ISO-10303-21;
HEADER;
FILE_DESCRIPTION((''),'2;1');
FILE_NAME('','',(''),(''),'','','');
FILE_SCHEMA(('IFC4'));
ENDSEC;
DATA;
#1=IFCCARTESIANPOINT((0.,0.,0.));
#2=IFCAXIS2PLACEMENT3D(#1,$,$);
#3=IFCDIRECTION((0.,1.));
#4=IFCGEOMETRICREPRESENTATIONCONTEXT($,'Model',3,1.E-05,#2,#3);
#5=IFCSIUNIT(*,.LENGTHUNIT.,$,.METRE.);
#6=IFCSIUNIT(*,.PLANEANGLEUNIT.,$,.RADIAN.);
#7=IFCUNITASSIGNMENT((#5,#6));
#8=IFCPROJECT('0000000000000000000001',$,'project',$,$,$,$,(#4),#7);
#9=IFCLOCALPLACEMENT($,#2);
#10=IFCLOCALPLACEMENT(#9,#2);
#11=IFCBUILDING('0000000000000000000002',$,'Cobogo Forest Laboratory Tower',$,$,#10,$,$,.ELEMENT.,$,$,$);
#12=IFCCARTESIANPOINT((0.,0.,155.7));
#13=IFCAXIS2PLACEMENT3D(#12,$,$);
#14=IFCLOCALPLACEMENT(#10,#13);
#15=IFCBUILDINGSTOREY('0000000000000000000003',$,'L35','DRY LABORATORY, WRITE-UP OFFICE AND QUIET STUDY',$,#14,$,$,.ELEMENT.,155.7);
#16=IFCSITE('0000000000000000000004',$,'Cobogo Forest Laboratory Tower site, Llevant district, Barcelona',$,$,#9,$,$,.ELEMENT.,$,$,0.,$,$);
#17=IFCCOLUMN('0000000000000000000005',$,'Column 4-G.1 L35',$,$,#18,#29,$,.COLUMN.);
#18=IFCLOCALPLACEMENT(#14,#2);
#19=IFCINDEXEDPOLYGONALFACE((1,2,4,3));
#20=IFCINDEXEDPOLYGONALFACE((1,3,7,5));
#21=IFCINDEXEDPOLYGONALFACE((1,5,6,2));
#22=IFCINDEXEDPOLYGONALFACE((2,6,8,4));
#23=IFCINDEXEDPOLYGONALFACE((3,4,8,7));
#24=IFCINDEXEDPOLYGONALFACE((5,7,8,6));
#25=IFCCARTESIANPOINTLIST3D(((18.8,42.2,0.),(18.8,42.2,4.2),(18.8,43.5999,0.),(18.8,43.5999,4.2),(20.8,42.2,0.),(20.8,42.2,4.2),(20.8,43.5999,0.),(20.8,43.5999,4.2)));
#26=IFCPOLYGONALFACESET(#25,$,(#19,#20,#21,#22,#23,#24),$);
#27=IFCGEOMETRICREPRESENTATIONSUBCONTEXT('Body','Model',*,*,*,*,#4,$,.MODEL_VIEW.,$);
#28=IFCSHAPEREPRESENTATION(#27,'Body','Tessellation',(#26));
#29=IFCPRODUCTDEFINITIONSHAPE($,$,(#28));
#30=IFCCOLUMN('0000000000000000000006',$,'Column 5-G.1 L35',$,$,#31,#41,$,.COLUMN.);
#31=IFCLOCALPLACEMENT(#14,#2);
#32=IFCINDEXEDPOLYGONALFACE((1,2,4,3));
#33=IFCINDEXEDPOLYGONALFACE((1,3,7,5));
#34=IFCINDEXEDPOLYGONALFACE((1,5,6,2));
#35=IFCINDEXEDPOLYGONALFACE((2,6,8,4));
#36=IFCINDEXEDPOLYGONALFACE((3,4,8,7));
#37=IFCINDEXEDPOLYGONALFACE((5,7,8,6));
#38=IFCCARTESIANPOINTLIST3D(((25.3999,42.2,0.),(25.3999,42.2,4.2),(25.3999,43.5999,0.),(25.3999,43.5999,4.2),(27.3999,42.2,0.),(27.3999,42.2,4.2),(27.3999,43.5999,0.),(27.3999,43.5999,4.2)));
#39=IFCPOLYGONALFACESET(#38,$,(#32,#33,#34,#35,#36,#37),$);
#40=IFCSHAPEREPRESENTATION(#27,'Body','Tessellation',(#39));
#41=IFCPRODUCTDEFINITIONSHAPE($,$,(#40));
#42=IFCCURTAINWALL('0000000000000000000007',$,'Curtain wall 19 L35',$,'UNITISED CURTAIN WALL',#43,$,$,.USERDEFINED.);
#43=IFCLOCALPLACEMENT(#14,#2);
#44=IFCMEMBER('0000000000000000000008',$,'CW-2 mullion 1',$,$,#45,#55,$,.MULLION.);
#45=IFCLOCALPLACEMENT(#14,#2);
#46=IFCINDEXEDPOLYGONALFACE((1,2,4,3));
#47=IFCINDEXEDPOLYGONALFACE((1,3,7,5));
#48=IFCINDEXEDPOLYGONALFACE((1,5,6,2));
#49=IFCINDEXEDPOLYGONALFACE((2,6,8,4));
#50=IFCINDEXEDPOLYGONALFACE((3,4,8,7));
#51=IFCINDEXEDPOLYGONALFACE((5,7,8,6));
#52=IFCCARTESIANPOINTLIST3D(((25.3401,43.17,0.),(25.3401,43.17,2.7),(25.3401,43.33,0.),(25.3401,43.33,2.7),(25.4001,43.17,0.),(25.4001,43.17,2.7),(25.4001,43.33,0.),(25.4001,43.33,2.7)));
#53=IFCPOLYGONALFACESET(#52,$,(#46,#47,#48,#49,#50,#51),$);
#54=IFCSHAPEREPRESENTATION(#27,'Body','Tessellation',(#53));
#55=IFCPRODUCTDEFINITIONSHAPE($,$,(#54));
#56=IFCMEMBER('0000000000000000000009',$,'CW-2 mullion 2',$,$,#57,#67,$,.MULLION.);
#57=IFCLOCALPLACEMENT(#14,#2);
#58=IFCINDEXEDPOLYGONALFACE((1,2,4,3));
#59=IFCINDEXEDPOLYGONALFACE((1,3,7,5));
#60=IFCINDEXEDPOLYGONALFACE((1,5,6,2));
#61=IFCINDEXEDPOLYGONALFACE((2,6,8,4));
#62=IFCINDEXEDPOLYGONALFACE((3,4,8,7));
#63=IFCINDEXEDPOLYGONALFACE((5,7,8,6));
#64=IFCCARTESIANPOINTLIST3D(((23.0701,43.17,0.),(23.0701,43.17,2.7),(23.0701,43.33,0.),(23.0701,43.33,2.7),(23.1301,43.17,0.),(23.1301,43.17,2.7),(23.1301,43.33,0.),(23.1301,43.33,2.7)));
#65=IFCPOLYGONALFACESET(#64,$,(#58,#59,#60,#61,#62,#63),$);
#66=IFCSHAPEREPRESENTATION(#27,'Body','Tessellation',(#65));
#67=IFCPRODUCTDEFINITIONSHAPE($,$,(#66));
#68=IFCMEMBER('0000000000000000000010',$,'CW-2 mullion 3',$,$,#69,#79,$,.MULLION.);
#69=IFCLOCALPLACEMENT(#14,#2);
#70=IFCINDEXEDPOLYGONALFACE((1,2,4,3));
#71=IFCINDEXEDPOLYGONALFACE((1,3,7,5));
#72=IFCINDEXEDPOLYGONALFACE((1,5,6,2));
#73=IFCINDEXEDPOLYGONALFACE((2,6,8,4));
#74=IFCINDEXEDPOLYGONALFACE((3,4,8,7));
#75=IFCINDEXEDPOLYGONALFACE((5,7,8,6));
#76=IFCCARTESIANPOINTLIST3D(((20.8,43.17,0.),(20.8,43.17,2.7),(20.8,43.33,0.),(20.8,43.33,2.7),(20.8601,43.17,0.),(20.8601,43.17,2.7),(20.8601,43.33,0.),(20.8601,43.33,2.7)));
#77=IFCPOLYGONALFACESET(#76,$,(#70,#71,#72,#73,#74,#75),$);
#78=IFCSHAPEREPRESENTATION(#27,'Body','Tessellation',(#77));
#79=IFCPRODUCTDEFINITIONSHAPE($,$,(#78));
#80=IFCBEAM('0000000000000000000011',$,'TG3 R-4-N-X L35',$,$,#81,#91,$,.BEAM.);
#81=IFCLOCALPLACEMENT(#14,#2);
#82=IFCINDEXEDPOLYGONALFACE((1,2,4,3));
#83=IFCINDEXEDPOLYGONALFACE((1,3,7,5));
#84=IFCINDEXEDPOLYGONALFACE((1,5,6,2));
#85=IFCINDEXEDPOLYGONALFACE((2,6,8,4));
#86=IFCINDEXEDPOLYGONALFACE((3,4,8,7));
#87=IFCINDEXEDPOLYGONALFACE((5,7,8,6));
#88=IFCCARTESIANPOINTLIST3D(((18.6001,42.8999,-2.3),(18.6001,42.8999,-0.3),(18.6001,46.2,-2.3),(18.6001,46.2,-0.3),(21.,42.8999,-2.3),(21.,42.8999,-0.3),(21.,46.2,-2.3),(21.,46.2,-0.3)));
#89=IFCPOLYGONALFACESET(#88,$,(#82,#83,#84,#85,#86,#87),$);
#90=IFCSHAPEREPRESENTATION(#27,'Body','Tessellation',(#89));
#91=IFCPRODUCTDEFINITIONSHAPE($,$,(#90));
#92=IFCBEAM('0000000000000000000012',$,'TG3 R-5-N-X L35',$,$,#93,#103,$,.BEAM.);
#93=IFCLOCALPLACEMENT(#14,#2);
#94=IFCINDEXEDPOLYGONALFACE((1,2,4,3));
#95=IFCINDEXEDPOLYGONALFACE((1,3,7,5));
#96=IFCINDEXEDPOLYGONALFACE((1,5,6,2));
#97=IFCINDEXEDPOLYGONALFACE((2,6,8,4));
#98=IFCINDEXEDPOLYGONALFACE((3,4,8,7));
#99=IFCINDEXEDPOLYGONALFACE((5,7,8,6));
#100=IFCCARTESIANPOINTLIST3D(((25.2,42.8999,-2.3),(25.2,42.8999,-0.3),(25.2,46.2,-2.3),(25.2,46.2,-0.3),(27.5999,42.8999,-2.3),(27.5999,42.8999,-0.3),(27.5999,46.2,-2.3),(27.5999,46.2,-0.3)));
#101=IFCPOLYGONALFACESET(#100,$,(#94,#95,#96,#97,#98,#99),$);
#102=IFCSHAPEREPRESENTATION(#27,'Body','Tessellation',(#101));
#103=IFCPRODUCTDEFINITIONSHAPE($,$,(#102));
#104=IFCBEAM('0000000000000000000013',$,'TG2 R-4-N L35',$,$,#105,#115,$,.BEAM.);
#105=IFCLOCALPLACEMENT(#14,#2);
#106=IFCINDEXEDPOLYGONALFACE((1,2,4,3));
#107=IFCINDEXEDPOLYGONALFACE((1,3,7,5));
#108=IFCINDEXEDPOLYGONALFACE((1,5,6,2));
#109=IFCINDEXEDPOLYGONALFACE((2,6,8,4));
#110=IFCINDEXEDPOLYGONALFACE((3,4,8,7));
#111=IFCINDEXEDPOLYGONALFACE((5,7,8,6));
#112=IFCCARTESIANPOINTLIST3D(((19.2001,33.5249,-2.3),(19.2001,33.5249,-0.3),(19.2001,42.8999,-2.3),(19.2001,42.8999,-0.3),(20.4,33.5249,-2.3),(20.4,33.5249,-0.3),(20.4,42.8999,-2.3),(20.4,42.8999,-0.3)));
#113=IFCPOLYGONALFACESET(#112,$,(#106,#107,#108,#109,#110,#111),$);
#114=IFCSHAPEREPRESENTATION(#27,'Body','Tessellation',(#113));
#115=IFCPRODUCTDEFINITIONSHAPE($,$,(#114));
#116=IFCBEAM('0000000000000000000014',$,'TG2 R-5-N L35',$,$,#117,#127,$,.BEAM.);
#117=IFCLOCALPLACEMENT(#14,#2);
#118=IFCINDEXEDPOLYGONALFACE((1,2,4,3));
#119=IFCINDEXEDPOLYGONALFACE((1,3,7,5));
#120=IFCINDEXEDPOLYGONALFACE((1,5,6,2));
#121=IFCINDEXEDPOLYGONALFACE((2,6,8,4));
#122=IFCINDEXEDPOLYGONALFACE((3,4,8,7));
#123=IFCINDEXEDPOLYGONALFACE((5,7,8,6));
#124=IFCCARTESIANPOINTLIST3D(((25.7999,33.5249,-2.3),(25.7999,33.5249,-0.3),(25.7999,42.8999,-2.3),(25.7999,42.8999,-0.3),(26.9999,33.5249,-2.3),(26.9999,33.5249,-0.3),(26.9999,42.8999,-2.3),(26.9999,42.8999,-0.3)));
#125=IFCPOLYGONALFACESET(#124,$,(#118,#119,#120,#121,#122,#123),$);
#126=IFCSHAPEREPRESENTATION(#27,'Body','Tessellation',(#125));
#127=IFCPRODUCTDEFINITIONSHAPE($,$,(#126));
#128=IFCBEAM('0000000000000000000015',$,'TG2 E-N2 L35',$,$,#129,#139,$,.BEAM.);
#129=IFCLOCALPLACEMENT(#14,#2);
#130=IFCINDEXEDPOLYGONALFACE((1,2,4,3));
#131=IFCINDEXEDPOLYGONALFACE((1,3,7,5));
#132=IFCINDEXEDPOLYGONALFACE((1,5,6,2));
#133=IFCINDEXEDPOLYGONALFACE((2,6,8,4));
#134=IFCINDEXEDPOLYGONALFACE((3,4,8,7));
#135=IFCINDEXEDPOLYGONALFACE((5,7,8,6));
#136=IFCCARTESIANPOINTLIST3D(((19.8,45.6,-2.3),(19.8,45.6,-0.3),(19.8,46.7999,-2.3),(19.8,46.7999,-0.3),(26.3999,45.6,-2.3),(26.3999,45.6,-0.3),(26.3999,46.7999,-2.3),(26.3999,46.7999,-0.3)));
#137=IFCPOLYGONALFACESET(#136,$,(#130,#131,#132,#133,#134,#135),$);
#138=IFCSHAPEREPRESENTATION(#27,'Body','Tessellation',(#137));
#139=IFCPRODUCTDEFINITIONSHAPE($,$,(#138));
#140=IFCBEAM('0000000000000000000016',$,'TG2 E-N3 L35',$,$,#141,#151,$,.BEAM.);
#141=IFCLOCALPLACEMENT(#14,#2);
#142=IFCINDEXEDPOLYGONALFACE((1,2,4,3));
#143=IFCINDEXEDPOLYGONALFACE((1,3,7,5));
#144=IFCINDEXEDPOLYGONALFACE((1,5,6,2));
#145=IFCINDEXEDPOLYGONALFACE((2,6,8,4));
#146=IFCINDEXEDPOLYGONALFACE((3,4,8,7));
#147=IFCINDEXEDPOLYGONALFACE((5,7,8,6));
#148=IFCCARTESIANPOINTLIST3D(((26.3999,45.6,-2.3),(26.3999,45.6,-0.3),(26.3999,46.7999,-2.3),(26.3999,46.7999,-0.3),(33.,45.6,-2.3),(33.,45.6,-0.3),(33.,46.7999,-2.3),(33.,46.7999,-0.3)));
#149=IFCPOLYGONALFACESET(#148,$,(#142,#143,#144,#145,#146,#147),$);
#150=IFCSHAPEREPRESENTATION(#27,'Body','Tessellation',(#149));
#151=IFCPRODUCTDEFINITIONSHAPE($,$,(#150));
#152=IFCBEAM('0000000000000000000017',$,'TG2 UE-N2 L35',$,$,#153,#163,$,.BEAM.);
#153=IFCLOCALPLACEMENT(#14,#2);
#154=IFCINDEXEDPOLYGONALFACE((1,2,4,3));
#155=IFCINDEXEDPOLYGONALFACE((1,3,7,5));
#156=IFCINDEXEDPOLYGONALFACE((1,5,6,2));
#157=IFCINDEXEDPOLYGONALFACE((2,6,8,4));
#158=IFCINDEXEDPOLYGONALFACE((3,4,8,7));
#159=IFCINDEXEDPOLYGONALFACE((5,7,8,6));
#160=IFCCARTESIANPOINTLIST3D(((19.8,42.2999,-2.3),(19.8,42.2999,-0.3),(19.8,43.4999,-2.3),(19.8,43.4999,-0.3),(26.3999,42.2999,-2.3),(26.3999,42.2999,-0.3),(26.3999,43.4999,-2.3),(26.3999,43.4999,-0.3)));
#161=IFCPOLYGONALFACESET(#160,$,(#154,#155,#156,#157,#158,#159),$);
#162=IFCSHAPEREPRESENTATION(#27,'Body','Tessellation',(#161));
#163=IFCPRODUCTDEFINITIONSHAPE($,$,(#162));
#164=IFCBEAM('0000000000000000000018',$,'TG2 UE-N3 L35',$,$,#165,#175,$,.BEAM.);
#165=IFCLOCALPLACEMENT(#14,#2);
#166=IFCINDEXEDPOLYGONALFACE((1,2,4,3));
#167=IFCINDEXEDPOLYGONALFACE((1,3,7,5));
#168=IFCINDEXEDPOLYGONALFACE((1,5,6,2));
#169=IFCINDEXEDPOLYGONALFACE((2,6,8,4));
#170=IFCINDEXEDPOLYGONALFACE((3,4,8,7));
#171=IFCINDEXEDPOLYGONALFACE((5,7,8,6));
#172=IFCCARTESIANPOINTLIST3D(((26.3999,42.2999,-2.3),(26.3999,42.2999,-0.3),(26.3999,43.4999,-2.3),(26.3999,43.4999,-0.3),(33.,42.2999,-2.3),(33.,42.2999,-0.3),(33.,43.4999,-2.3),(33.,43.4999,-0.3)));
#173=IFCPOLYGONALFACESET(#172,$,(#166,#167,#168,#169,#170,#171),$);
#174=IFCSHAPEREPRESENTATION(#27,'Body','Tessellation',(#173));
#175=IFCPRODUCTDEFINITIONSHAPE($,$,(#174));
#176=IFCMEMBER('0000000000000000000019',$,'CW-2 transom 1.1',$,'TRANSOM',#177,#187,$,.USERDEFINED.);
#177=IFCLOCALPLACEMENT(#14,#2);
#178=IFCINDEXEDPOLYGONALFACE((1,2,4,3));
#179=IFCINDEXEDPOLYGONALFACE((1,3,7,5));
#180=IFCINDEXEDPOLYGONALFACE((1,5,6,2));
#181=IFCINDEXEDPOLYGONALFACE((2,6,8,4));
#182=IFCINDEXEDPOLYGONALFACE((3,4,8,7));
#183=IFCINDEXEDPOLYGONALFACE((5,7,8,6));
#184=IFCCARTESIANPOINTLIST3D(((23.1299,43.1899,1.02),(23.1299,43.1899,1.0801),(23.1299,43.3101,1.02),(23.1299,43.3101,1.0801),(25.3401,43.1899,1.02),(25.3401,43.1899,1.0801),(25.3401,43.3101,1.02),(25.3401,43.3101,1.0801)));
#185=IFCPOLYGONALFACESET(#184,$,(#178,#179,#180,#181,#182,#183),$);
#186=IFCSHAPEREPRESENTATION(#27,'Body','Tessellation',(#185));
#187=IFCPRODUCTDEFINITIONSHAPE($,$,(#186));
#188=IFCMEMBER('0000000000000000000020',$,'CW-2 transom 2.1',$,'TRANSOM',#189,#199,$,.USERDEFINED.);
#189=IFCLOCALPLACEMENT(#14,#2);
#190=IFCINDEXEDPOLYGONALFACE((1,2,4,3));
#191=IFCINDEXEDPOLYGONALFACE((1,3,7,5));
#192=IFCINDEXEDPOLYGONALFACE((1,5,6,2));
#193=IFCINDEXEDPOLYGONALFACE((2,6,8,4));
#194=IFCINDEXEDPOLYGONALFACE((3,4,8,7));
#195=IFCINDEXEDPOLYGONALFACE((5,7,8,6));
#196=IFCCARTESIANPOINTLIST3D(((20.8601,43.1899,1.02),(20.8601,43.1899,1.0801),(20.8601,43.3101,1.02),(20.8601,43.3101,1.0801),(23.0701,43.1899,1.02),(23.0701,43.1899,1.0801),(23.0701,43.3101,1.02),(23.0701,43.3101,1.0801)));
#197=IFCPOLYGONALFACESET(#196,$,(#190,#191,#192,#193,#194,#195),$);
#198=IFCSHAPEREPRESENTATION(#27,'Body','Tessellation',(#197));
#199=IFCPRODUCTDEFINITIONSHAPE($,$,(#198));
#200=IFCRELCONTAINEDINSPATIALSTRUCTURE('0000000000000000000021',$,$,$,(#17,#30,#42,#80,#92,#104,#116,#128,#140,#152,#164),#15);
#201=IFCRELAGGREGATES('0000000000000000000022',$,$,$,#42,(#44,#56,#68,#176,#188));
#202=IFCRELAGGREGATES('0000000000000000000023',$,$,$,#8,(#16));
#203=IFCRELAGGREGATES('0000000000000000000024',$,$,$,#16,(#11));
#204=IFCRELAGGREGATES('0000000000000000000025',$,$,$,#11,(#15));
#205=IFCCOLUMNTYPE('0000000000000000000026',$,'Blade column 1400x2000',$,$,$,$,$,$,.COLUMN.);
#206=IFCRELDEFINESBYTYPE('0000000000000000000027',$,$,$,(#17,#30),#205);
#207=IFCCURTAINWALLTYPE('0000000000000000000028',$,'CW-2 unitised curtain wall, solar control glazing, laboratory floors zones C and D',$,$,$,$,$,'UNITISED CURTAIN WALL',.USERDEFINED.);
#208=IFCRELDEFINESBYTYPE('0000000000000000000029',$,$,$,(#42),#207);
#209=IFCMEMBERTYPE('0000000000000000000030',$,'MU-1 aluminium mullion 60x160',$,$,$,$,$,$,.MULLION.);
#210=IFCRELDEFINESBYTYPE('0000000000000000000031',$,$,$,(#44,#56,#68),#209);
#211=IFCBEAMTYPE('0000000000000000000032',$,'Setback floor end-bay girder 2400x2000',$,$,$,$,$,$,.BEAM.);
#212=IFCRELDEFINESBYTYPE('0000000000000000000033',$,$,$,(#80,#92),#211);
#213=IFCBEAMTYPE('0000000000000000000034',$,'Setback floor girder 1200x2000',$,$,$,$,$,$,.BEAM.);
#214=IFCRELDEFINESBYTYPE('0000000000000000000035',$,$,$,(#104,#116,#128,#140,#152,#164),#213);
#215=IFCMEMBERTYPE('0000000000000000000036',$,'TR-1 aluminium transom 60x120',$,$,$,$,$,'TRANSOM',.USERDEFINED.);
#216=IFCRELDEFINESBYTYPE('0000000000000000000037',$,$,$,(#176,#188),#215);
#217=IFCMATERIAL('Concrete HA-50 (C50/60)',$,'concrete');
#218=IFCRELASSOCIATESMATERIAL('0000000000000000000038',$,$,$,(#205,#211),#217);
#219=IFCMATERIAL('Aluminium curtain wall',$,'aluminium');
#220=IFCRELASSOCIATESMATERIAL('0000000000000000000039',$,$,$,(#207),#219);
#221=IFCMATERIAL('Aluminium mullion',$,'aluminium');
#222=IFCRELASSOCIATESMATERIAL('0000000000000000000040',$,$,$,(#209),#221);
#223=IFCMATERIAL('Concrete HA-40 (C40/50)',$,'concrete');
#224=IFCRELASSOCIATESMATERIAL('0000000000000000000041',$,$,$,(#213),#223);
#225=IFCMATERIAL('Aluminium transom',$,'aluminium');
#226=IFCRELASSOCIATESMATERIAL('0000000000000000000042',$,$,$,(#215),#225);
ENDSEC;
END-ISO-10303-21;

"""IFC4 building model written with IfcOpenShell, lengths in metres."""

from ifc_helpers import new_model, si_unit, direction, frame, origin, origin_2d, place, context, subcontext, project, spatial, rectangle, extrude, material, material_profile, profile_set, type_object, element, aggregate, save


model = new_model("IFC4")

# Units and contexts
model_context = context("Model", 3, precision=1e-05, world=origin(), true_north=direction((0.0, 1.0)))
body_context = subcontext(model_context, "Body", "Model", "MODEL_VIEW")
ifc_project = project(units=[si_unit("LENGTHUNIT", "METRE"), si_unit("PLANEANGLEUNIT", "RADIAN")], contexts=[model_context])

# Site, building, storey
site_placement = place(None, origin())
site = spatial("IfcSite", under=ifc_project, at=site_placement, Name="Cobogo Forest Laboratory Tower site, Llevant district, Barcelona", CompositionType="ELEMENT", RefElevation=0.0)
building_placement = place(site_placement, origin())
building = spatial("IfcBuilding", under=site, at=building_placement, Name="Cobogo Forest Laboratory Tower", CompositionType="ELEMENT")
storey_placement = place(building_placement, frame((0.0, 0.0, 155.7)))
storey = spatial("IfcBuildingStorey", under=building, at=storey_placement, Name="L35", Description="DRY LABORATORY, WRITE-UP OFFICE AND QUIET STUDY", CompositionType="ELEMENT", Elevation=155.7)

# Columns
ifc_material_1 = material(Name="Concrete HA-50 (C50/60)", Category="concrete")
ifc_material_profile_1 = material_profile(ifc_material_1, rectangle(XDim=2.0, YDim=1.3999, at=origin_2d()), Name="RC 1400x2000")
ifc_profile_set_1 = profile_set([ifc_material_profile_1], Name="Concrete HA-50 (C50/60)")
column_type = type_object("IfcColumnType", Name="Blade column 1400x2000", PredefinedType="COLUMN", material=ifc_profile_set_1)
for number, where, z_axis, x_axis, name in (
    (1, (19.8, 42.8999, 0.0), (0.0, 0.0, 1.0), (1.0, 0.0, 0.0), "Column 4-G.1 L35"),
    (2, (26.3999, 42.8999, 0.0), (0.0, 0.0, 1.0), (1.0, 0.0, 0.0), "Column 5-G.1 L35"),
):
    element("IfcColumn", number, at=place(storey_placement, frame(where, z_axis=z_axis, x_axis=x_axis)), inside=storey, type_object=column_type, Name=name, PredefinedType="COLUMN", context=body_context, shape_type="SweptSolid", body=[
        extrude(rectangle(XDim=2.0, YDim=1.3999, at=origin_2d()), origin(), (0.0, 0.0, 1.0), 4.2),
    ])

# Curtain wall, members
ifc_material_2 = material(Name="Aluminium curtain wall", Category="aluminium")
curtain_wall_type = type_object("IfcCurtainWallType", Name="CW-2 unitised curtain wall, solar control glazing, laboratory floors zones C and D", ElementType="UNITISED CURTAIN WALL", PredefinedType="USERDEFINED", material=ifc_material_2)
curtain_wall_placement = place(storey_placement, origin())
curtain_wall = element("IfcCurtainWall", 3, at=curtain_wall_placement, inside=storey, type_object=curtain_wall_type, Name="Curtain wall 19 L35", ObjectType="UNITISED CURTAIN WALL", PredefinedType="USERDEFINED")
ifc_material_3 = material(Name="Aluminium mullion", Category="aluminium")
ifc_material_profile_2 = material_profile(ifc_material_3, rectangle(XDim=0.0601, YDim=0.1599, at=origin_2d()), Name="AL 60x160")
ifc_profile_set_2 = profile_set([ifc_material_profile_2], Name="Aluminium mullion")
member_type_1 = type_object("IfcMemberType", Name="MU-1 aluminium mullion 60x160", PredefinedType="MULLION", material=ifc_profile_set_2)
member_1_placement = place(storey_placement, frame((25.3701, 43.25, 0.0), z_axis=(0.0, 0.0, 1.0), x_axis=(-1.0, 0.0, 0.0)))
member_1 = element("IfcMember", 4, at=member_1_placement, type_object=member_type_1, Name="CW-2 mullion 1", PredefinedType="MULLION", context=body_context, shape_type="SweptSolid", body=[
    extrude(rectangle(XDim=0.0601, YDim=0.1599, at=origin_2d()), origin(), (0.0, 0.0, 1.0), 2.7),
])
member_2_placement = place(storey_placement, frame((23.1001, 43.25, 0.0), z_axis=(0.0, 0.0, 1.0), x_axis=(-1.0, 0.0, 0.0)))
member_2 = element("IfcMember", 5, at=member_2_placement, type_object=member_type_1, Name="CW-2 mullion 2", PredefinedType="MULLION", context=body_context, shape_type="SweptSolid", body=[
    extrude(rectangle(XDim=0.0601, YDim=0.1599, at=origin_2d()), origin(), (0.0, 0.0, 1.0), 2.7),
])
member_3_placement = place(storey_placement, frame((20.8301, 43.25, 0.0), z_axis=(0.0, 0.0, 1.0), x_axis=(-1.0, 0.0, 0.0)))
member_3 = element("IfcMember", 6, at=member_3_placement, type_object=member_type_1, Name="CW-2 mullion 3", PredefinedType="MULLION", context=body_context, shape_type="SweptSolid", body=[
    extrude(rectangle(XDim=0.0601, YDim=0.1599, at=origin_2d()), origin(), (0.0, 0.0, 1.0), 2.7),
])

# Beams
ifc_material_profile_3 = material_profile(ifc_material_1, rectangle(XDim=2.3999, YDim=2.0, at=origin_2d()), Name="RC 2400x2000")
ifc_profile_set_3 = profile_set([ifc_material_profile_3], Name="Concrete HA-50 (C50/60)")
beam_type_1 = type_object("IfcBeamType", Name="Setback floor end-bay girder 2400x2000", PredefinedType="BEAM", material=ifc_profile_set_3)
for number, where, z_axis, x_axis, name in (
    (7, (19.8, 46.2, -1.3), (0.0, -1.0, 0.0), (1.0, 0.0, 0.0), "TG3 R-4-N-X L35"),
    (8, (26.3999, 46.2, -1.3), (0.0, -1.0, 0.0), (1.0, 0.0, 0.0), "TG3 R-5-N-X L35"),
):
    element("IfcBeam", number, at=place(storey_placement, frame(where, z_axis=z_axis, x_axis=x_axis)), inside=storey, type_object=beam_type_1, Name=name, PredefinedType="BEAM", context=body_context, shape_type="SweptSolid", body=[
        extrude(rectangle(XDim=2.3999, YDim=2.0, at=origin_2d()), origin(), (0.0, 0.0, 1.0), 3.3),
    ])
ifc_material_4 = material(Name="Concrete HA-40 (C40/50)", Category="concrete")
ifc_material_profile_4 = material_profile(ifc_material_4, rectangle(XDim=1.2, YDim=2.0, at=origin_2d()), Name="RC 1200x2000")
ifc_profile_set_4 = profile_set([ifc_material_profile_4], Name="Concrete HA-40 (C40/50)")
beam_type_2 = type_object("IfcBeamType", Name="Setback floor girder 1200x2000", PredefinedType="BEAM", material=ifc_profile_set_4)
for number, where, z_axis, x_axis, name in (
    (9, (19.8, 33.5249, -1.3), (0.0, 1.0, 0.0), (-1.0, 0.0, 0.0), "TG2 R-4-N L35"),
    (10, (26.3999, 33.5249, -1.3), (0.0, 1.0, 0.0), (-1.0, 0.0, 0.0), "TG2 R-5-N L35"),
):
    element("IfcBeam", number, at=place(storey_placement, frame(where, z_axis=z_axis, x_axis=x_axis)), inside=storey, type_object=beam_type_2, Name=name, PredefinedType="BEAM", context=body_context, shape_type="SweptSolid", body=[
        extrude(rectangle(XDim=1.2, YDim=2.0, at=origin_2d()), origin(), (0.0, 0.0, 1.0), 9.375),
    ])
beam_1_placement = place(storey_placement, frame((19.8, 46.2, -1.3), z_axis=(1.0, 0.0, 0.0), x_axis=(0.0, 1.0, 0.0)))
element("IfcBeam", 11, at=beam_1_placement, inside=storey, type_object=beam_type_2, Name="TG2 E-N2 L35", PredefinedType="BEAM", context=body_context, shape_type="SweptSolid", body=[
    extrude(rectangle(XDim=1.2, YDim=2.0, at=origin_2d()), origin(), (0.0, 0.0, 1.0), 6.5999),
])
beam_2_placement = place(storey_placement, frame((26.3999, 46.2, -1.3), z_axis=(1.0, 0.0, 0.0), x_axis=(0.0, 1.0, 0.0)))
element("IfcBeam", 12, at=beam_2_placement, inside=storey, type_object=beam_type_2, Name="TG2 E-N3 L35", PredefinedType="BEAM", context=body_context, shape_type="SweptSolid", body=[
    extrude(rectangle(XDim=1.2, YDim=2.0, at=origin_2d()), origin(), (0.0, 0.0, 1.0), 6.6001),
])
beam_3_placement = place(storey_placement, frame((19.8, 42.8999, -1.3), z_axis=(1.0, 0.0, 0.0), x_axis=(0.0, 1.0, 0.0)))
element("IfcBeam", 13, at=beam_3_placement, inside=storey, type_object=beam_type_2, Name="TG2 UE-N2 L35", PredefinedType="BEAM", context=body_context, shape_type="SweptSolid", body=[
    extrude(rectangle(XDim=1.2, YDim=2.0, at=origin_2d()), origin(), (0.0, 0.0, 1.0), 6.5999),
])
beam_4_placement = place(storey_placement, frame((26.3999, 42.8999, -1.3), z_axis=(1.0, 0.0, 0.0), x_axis=(0.0, 1.0, 0.0)))
element("IfcBeam", 14, at=beam_4_placement, inside=storey, type_object=beam_type_2, Name="TG2 UE-N3 L35", PredefinedType="BEAM", context=body_context, shape_type="SweptSolid", body=[
    extrude(rectangle(XDim=1.2, YDim=2.0, at=origin_2d()), origin(), (0.0, 0.0, 1.0), 6.6001),
])

# Members
ifc_material_5 = material(Name="Aluminium transom", Category="aluminium")
ifc_material_profile_5 = material_profile(ifc_material_5, rectangle(XDim=0.1201, YDim=0.0601, at=origin_2d()), Name="AL 60x120")
ifc_profile_set_5 = profile_set([ifc_material_profile_5], Name="Aluminium transom")
member_type_2 = type_object("IfcMemberType", Name="TR-1 aluminium transom 60x120", ElementType="TRANSOM", PredefinedType="USERDEFINED", material=ifc_profile_set_5)
member_4_placement = place(storey_placement, frame((25.3401, 43.25, 1.05), z_axis=(-1.0, 0.0, 0.0), x_axis=(0.0, -1.0, 0.0)))
member_4 = element("IfcMember", 15, at=member_4_placement, type_object=member_type_2, Name="CW-2 transom 1.1", ObjectType="TRANSOM", PredefinedType="USERDEFINED", context=body_context, shape_type="SweptSolid", body=[
    extrude(rectangle(XDim=0.1201, YDim=0.0601, at=origin_2d()), origin(), (0.0, 0.0, 1.0), 2.2102),
])
member_5_placement = place(storey_placement, frame((23.0701, 43.25, 1.05), z_axis=(-1.0, 0.0, 0.0), x_axis=(0.0, -1.0, 0.0)))
member_5 = element("IfcMember", 16, at=member_5_placement, type_object=member_type_2, Name="CW-2 transom 2.1", ObjectType="TRANSOM", PredefinedType="USERDEFINED", context=body_context, shape_type="SweptSolid", body=[
    extrude(rectangle(XDim=0.1201, YDim=0.0601, at=origin_2d()), origin(), (0.0, 0.0, 1.0), 2.21),
])

aggregate(curtain_wall, [member_1, member_2, member_3, member_4, member_5])

save(model, "model.ifc")
